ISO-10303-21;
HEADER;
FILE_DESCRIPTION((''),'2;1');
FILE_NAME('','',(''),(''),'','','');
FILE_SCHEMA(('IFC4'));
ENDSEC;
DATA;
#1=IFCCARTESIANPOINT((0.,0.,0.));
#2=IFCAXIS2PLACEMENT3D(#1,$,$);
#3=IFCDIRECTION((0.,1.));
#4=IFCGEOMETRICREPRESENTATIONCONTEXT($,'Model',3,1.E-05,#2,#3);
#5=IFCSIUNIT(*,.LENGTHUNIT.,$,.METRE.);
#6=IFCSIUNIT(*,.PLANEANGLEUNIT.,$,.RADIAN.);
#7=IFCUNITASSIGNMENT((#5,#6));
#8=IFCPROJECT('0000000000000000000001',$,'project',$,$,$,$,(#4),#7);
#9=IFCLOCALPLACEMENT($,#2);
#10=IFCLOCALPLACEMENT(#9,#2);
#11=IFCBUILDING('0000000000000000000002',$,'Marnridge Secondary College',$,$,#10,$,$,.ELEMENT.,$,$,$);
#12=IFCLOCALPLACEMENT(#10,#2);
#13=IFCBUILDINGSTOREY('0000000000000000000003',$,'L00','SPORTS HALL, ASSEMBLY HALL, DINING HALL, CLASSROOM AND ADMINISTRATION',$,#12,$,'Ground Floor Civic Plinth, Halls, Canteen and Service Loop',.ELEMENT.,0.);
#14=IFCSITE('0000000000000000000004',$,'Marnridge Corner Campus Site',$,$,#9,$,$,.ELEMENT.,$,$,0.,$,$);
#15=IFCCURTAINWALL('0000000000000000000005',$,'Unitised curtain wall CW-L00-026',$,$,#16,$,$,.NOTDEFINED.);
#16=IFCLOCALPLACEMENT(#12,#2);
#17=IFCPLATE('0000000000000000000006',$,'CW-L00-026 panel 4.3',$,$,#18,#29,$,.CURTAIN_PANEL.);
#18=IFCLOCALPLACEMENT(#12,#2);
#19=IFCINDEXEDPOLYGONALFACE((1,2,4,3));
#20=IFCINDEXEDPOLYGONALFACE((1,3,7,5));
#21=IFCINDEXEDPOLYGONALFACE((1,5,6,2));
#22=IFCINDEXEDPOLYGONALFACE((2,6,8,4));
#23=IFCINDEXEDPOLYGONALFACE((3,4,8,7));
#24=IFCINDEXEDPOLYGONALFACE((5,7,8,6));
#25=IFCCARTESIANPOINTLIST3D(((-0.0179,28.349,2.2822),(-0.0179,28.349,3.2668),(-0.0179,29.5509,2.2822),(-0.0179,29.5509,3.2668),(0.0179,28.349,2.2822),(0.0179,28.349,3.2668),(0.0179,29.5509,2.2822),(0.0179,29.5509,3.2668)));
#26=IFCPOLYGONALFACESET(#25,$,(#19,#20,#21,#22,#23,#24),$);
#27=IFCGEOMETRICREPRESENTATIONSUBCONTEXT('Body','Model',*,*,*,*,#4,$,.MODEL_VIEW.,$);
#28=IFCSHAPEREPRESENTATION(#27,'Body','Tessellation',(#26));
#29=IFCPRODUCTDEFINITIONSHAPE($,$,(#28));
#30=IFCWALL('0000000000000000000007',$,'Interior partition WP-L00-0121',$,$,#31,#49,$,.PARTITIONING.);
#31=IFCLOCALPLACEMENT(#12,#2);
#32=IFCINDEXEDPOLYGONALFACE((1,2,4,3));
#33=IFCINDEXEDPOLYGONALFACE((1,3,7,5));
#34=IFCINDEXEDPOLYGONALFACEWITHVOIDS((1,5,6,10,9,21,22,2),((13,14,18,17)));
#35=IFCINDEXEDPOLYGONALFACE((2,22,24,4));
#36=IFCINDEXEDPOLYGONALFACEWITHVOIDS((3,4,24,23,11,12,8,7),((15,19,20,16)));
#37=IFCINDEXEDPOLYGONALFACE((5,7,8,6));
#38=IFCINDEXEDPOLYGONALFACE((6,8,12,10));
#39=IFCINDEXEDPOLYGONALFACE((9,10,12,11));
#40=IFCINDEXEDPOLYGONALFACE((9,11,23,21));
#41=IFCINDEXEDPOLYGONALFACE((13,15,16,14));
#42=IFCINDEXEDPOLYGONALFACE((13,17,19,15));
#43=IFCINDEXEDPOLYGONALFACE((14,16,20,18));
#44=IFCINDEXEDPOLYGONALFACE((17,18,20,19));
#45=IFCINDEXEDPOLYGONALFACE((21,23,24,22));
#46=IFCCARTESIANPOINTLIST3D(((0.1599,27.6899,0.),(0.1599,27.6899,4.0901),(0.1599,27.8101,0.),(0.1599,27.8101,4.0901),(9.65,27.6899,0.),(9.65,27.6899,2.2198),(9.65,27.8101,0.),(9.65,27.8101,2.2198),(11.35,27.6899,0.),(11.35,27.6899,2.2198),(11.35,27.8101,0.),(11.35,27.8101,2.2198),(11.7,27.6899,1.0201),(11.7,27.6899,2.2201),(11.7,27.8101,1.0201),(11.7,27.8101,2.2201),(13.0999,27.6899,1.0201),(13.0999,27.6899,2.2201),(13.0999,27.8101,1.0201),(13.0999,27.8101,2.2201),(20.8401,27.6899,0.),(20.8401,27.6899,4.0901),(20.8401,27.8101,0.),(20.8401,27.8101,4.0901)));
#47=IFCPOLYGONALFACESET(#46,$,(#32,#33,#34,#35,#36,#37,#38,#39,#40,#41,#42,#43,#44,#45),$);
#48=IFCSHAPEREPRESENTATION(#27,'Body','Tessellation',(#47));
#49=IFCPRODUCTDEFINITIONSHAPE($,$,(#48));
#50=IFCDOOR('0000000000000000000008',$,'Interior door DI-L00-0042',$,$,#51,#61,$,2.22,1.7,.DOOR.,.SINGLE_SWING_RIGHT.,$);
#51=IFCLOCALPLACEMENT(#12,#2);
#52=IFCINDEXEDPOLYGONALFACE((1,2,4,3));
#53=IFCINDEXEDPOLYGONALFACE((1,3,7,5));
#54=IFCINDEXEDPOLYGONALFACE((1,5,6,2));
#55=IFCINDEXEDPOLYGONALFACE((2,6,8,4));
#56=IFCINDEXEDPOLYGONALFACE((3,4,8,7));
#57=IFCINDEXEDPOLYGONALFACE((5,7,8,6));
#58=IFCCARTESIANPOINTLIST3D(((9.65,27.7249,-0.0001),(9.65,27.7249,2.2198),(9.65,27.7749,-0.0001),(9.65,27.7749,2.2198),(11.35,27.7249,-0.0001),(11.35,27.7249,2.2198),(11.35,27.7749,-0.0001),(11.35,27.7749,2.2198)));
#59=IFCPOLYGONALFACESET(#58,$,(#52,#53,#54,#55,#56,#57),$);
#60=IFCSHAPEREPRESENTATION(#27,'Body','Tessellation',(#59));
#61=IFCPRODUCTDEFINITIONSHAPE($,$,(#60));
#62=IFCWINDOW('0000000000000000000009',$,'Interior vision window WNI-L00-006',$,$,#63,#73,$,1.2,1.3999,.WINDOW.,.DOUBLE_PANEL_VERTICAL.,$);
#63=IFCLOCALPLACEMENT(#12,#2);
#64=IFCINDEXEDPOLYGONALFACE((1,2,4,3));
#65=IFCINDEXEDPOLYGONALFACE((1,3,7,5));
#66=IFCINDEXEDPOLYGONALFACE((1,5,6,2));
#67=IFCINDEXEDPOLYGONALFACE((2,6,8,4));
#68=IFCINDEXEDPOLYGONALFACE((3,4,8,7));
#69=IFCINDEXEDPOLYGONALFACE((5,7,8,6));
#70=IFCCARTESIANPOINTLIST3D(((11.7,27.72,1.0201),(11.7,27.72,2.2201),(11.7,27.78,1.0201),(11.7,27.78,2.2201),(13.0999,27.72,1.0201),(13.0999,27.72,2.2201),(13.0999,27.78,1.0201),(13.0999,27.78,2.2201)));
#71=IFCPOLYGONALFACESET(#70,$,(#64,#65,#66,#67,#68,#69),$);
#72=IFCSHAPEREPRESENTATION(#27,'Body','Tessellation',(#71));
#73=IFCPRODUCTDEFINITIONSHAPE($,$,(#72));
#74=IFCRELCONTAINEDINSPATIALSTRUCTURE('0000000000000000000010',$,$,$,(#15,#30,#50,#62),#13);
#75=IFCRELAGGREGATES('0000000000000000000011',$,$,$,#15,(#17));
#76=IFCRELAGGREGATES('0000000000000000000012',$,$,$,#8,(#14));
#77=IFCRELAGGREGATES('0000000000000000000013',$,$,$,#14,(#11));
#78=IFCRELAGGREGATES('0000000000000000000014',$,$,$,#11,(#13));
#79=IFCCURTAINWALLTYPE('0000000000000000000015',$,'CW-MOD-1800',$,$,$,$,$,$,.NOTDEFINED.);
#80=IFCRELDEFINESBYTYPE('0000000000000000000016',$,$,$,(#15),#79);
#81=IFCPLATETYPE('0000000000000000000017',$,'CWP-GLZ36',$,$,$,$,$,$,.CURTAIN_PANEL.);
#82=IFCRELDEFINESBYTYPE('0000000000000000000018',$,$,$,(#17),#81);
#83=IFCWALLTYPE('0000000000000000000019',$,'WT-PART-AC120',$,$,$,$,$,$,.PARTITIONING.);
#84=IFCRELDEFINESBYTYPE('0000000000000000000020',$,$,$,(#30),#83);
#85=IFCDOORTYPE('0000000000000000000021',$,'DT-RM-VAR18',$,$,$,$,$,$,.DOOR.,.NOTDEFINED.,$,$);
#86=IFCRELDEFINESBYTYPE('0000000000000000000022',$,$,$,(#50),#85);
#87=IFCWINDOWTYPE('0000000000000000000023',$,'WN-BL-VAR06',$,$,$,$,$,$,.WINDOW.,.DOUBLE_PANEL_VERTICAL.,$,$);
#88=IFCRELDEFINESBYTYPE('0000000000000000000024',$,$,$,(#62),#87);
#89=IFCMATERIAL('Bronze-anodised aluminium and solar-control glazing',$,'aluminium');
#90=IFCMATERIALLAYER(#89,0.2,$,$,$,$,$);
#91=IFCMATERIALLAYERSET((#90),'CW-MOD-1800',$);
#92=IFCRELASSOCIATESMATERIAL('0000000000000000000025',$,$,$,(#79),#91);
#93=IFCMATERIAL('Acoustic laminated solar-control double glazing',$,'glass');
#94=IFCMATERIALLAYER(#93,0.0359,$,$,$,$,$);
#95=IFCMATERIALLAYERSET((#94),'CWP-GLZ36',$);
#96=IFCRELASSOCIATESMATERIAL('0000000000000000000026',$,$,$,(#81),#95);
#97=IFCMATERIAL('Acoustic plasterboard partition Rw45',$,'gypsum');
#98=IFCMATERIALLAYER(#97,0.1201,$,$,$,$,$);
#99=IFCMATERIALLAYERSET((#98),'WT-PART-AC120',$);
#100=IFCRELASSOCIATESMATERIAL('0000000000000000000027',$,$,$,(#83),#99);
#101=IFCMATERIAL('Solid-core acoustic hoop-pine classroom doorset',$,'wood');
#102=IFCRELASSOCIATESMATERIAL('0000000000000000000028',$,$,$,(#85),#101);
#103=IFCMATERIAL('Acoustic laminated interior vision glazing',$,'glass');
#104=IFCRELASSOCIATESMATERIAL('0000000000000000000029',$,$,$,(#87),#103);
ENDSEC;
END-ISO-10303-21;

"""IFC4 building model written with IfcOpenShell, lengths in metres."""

from ifc_helpers import new_model, si_unit, direction, frame, frame_2d, origin, origin_2d, place, context, subcontext, project, spatial, rectangle, extrude, material, layer, layer_set, type_object, element, fill, aggregate, save


model = new_model("IFC4")

# Units and contexts
model_context = context("Model", 3, precision=1e-05, world=origin(), true_north=direction((0.0, 1.0)))
body_context = subcontext(model_context, "Body", "Model", "MODEL_VIEW")
ifc_project = project(units=[si_unit("LENGTHUNIT", "METRE"), si_unit("PLANEANGLEUNIT", "RADIAN")], contexts=[model_context])

# Site, building, storey
site_placement = place(None, origin())
site = spatial("IfcSite", under=ifc_project, at=site_placement, Name="Marnridge Corner Campus Site", CompositionType="ELEMENT", RefElevation=0.0)
building_placement = place(site_placement, origin())
building = spatial("IfcBuilding", under=site, at=building_placement, Name="Marnridge Secondary College", CompositionType="ELEMENT")
storey_placement = place(building_placement, origin())
storey = spatial("IfcBuildingStorey", under=building, at=storey_placement, Name="L00", Description="SPORTS HALL, ASSEMBLY HALL, DINING HALL, CLASSROOM AND ADMINISTRATION", LongName="Ground Floor Civic Plinth, Halls, Canteen and Service Loop", CompositionType="ELEMENT", Elevation=0.0)

# Curtain wall, plate
ifc_material_1 = material(Name="Bronze-anodised aluminium and solar-control glazing", Category="aluminium")
ifc_layer_1 = layer(ifc_material_1, 0.2)
ifc_layer_set_1 = layer_set([ifc_layer_1], Name="CW-MOD-1800")
curtain_wall_type = type_object("IfcCurtainWallType", Name="CW-MOD-1800", PredefinedType="NOTDEFINED", material=ifc_layer_set_1)
curtain_wall_placement = place(storey_placement, origin())
curtain_wall = element("IfcCurtainWall", 1, at=curtain_wall_placement, inside=storey, type_object=curtain_wall_type, Name="Unitised curtain wall CW-L00-026", PredefinedType="NOTDEFINED")
ifc_material_2 = material(Name="Acoustic laminated solar-control double glazing", Category="glass")
ifc_layer_2 = layer(ifc_material_2, 0.0359)
ifc_layer_set_2 = layer_set([ifc_layer_2], Name="CWP-GLZ36")
plate_type = type_object("IfcPlateType", Name="CWP-GLZ36", PredefinedType="CURTAIN_PANEL", material=ifc_layer_set_2)
plate_1_placement = place(storey_placement, frame((0.0, 28.95, 2.2822), z_axis=(0.0, 0.0, 1.0), x_axis=(0.0, 1.0, 0.0)))
plate_1 = element("IfcPlate", 2, at=plate_1_placement, type_object=plate_type, Name="CW-L00-026 panel 4.3", PredefinedType="CURTAIN_PANEL", context=body_context, shape_type="SweptSolid", body=[
    extrude(rectangle(XDim=1.2019, YDim=0.0359, at=origin_2d()), origin(), (0.0, 0.0, 1.0), 0.9846),
])
aggregate(curtain_wall, [plate_1])

# Wall, openings, door, window
ifc_material_3 = material(Name="Acoustic plasterboard partition Rw45", Category="gypsum")
ifc_layer_3 = layer(ifc_material_3, 0.1201)
ifc_layer_set_3 = layer_set([ifc_layer_3], Name="WT-PART-AC120")
wall_type = type_object("IfcWallType", Name="WT-PART-AC120", PredefinedType="PARTITIONING", material=ifc_layer_set_3)
wall_placement = place(storey_placement, frame((0.1599, 27.75, 0.0), z_axis=(0.0, 0.0, 1.0), x_axis=(1.0, 0.0, 0.0)))
wall = element("IfcWall", 3, at=wall_placement, inside=storey, type_object=wall_type, Name="Interior partition WP-L00-0121", PredefinedType="PARTITIONING", context=body_context, shape_type="SweptSolid", body=[
    extrude(rectangle(XDim=20.6802, YDim=0.1201, at=frame_2d((10.3401, 0.0))), origin(), (0.0, 0.0, 1.0), 4.0901),
])
opening_1_placement = place(wall_placement, frame((9.49, 0.0, 0.0)))
opening_1 = element("IfcOpeningElement", 4, at=opening_1_placement, cuts=wall, PredefinedType="OPENING", context=body_context, shape_type="SweptSolid", body=[
    extrude(rectangle(XDim=1.7, YDim=2.22, at=frame_2d((0.8501, 1.1099))), frame((0.0, 0.0701, 0.0), z_axis=(0.0, -1.0, 0.0), x_axis=(1.0, 0.0, 0.0)), (0.0, 0.0, 1.0), 0.1401),
])
opening_2_placement = place(wall_placement, frame((11.54, 0.0, 1.02)))
opening_2 = element("IfcOpeningElement", 5, at=opening_2_placement, cuts=wall, PredefinedType="OPENING", context=body_context, shape_type="SweptSolid", body=[
    extrude(rectangle(XDim=1.3999, YDim=1.2, at=frame_2d((0.7, 0.6001))), frame((0.0, 0.0701, 0.0), z_axis=(0.0, -1.0, 0.0), x_axis=(1.0, 0.0, 0.0)), (0.0, 0.0, 1.0), 0.1401),
])
ifc_material_4 = material(Name="Solid-core acoustic hoop-pine classroom doorset", Category="wood")
door_type = type_object("IfcDoorType", Name="DT-RM-VAR18", OperationType="NOTDEFINED", PredefinedType="DOOR", material=ifc_material_4)
door_placement = place(opening_1_placement, origin())
door = element("IfcDoor", 6, at=door_placement, inside=storey, type_object=door_type, Name="Interior door DI-L00-0042", OperationType="SINGLE_SWING_RIGHT", OverallHeight=2.22, OverallWidth=1.7, PredefinedType="DOOR", context=body_context, shape_type="SweptSolid", body=[
    extrude(rectangle(XDim=1.7, YDim=2.22, at=frame_2d((0.8501, 1.1099))), frame((0.0, 0.0249, 0.0), z_axis=(0.0, -1.0, 0.0), x_axis=(1.0, 0.0, 0.0)), (0.0, 0.0, 1.0), 0.05),
])
fill(opening_1, door)
ifc_material_5 = material(Name="Acoustic laminated interior vision glazing", Category="glass")
window_type = type_object("IfcWindowType", Name="WN-BL-VAR06", PartitioningType="DOUBLE_PANEL_VERTICAL", PredefinedType="WINDOW", material=ifc_material_5)
window_placement = place(opening_2_placement, origin())
window = element("IfcWindow", 7, at=window_placement, inside=storey, type_object=window_type, Name="Interior vision window WNI-L00-006", OverallHeight=1.2, OverallWidth=1.3999, PartitioningType="DOUBLE_PANEL_VERTICAL", PredefinedType="WINDOW", context=body_context, shape_type="SweptSolid", body=[
    extrude(rectangle(XDim=1.3999, YDim=1.2, at=frame_2d((0.7, 0.6001))), frame((0.0, 0.03, 0.0), z_axis=(0.0, -1.0, 0.0), x_axis=(1.0, 0.0, 0.0)), (0.0, 0.0, 1.0), 0.0601),
])
fill(opening_2, window)

save(model, "model.ifc")
